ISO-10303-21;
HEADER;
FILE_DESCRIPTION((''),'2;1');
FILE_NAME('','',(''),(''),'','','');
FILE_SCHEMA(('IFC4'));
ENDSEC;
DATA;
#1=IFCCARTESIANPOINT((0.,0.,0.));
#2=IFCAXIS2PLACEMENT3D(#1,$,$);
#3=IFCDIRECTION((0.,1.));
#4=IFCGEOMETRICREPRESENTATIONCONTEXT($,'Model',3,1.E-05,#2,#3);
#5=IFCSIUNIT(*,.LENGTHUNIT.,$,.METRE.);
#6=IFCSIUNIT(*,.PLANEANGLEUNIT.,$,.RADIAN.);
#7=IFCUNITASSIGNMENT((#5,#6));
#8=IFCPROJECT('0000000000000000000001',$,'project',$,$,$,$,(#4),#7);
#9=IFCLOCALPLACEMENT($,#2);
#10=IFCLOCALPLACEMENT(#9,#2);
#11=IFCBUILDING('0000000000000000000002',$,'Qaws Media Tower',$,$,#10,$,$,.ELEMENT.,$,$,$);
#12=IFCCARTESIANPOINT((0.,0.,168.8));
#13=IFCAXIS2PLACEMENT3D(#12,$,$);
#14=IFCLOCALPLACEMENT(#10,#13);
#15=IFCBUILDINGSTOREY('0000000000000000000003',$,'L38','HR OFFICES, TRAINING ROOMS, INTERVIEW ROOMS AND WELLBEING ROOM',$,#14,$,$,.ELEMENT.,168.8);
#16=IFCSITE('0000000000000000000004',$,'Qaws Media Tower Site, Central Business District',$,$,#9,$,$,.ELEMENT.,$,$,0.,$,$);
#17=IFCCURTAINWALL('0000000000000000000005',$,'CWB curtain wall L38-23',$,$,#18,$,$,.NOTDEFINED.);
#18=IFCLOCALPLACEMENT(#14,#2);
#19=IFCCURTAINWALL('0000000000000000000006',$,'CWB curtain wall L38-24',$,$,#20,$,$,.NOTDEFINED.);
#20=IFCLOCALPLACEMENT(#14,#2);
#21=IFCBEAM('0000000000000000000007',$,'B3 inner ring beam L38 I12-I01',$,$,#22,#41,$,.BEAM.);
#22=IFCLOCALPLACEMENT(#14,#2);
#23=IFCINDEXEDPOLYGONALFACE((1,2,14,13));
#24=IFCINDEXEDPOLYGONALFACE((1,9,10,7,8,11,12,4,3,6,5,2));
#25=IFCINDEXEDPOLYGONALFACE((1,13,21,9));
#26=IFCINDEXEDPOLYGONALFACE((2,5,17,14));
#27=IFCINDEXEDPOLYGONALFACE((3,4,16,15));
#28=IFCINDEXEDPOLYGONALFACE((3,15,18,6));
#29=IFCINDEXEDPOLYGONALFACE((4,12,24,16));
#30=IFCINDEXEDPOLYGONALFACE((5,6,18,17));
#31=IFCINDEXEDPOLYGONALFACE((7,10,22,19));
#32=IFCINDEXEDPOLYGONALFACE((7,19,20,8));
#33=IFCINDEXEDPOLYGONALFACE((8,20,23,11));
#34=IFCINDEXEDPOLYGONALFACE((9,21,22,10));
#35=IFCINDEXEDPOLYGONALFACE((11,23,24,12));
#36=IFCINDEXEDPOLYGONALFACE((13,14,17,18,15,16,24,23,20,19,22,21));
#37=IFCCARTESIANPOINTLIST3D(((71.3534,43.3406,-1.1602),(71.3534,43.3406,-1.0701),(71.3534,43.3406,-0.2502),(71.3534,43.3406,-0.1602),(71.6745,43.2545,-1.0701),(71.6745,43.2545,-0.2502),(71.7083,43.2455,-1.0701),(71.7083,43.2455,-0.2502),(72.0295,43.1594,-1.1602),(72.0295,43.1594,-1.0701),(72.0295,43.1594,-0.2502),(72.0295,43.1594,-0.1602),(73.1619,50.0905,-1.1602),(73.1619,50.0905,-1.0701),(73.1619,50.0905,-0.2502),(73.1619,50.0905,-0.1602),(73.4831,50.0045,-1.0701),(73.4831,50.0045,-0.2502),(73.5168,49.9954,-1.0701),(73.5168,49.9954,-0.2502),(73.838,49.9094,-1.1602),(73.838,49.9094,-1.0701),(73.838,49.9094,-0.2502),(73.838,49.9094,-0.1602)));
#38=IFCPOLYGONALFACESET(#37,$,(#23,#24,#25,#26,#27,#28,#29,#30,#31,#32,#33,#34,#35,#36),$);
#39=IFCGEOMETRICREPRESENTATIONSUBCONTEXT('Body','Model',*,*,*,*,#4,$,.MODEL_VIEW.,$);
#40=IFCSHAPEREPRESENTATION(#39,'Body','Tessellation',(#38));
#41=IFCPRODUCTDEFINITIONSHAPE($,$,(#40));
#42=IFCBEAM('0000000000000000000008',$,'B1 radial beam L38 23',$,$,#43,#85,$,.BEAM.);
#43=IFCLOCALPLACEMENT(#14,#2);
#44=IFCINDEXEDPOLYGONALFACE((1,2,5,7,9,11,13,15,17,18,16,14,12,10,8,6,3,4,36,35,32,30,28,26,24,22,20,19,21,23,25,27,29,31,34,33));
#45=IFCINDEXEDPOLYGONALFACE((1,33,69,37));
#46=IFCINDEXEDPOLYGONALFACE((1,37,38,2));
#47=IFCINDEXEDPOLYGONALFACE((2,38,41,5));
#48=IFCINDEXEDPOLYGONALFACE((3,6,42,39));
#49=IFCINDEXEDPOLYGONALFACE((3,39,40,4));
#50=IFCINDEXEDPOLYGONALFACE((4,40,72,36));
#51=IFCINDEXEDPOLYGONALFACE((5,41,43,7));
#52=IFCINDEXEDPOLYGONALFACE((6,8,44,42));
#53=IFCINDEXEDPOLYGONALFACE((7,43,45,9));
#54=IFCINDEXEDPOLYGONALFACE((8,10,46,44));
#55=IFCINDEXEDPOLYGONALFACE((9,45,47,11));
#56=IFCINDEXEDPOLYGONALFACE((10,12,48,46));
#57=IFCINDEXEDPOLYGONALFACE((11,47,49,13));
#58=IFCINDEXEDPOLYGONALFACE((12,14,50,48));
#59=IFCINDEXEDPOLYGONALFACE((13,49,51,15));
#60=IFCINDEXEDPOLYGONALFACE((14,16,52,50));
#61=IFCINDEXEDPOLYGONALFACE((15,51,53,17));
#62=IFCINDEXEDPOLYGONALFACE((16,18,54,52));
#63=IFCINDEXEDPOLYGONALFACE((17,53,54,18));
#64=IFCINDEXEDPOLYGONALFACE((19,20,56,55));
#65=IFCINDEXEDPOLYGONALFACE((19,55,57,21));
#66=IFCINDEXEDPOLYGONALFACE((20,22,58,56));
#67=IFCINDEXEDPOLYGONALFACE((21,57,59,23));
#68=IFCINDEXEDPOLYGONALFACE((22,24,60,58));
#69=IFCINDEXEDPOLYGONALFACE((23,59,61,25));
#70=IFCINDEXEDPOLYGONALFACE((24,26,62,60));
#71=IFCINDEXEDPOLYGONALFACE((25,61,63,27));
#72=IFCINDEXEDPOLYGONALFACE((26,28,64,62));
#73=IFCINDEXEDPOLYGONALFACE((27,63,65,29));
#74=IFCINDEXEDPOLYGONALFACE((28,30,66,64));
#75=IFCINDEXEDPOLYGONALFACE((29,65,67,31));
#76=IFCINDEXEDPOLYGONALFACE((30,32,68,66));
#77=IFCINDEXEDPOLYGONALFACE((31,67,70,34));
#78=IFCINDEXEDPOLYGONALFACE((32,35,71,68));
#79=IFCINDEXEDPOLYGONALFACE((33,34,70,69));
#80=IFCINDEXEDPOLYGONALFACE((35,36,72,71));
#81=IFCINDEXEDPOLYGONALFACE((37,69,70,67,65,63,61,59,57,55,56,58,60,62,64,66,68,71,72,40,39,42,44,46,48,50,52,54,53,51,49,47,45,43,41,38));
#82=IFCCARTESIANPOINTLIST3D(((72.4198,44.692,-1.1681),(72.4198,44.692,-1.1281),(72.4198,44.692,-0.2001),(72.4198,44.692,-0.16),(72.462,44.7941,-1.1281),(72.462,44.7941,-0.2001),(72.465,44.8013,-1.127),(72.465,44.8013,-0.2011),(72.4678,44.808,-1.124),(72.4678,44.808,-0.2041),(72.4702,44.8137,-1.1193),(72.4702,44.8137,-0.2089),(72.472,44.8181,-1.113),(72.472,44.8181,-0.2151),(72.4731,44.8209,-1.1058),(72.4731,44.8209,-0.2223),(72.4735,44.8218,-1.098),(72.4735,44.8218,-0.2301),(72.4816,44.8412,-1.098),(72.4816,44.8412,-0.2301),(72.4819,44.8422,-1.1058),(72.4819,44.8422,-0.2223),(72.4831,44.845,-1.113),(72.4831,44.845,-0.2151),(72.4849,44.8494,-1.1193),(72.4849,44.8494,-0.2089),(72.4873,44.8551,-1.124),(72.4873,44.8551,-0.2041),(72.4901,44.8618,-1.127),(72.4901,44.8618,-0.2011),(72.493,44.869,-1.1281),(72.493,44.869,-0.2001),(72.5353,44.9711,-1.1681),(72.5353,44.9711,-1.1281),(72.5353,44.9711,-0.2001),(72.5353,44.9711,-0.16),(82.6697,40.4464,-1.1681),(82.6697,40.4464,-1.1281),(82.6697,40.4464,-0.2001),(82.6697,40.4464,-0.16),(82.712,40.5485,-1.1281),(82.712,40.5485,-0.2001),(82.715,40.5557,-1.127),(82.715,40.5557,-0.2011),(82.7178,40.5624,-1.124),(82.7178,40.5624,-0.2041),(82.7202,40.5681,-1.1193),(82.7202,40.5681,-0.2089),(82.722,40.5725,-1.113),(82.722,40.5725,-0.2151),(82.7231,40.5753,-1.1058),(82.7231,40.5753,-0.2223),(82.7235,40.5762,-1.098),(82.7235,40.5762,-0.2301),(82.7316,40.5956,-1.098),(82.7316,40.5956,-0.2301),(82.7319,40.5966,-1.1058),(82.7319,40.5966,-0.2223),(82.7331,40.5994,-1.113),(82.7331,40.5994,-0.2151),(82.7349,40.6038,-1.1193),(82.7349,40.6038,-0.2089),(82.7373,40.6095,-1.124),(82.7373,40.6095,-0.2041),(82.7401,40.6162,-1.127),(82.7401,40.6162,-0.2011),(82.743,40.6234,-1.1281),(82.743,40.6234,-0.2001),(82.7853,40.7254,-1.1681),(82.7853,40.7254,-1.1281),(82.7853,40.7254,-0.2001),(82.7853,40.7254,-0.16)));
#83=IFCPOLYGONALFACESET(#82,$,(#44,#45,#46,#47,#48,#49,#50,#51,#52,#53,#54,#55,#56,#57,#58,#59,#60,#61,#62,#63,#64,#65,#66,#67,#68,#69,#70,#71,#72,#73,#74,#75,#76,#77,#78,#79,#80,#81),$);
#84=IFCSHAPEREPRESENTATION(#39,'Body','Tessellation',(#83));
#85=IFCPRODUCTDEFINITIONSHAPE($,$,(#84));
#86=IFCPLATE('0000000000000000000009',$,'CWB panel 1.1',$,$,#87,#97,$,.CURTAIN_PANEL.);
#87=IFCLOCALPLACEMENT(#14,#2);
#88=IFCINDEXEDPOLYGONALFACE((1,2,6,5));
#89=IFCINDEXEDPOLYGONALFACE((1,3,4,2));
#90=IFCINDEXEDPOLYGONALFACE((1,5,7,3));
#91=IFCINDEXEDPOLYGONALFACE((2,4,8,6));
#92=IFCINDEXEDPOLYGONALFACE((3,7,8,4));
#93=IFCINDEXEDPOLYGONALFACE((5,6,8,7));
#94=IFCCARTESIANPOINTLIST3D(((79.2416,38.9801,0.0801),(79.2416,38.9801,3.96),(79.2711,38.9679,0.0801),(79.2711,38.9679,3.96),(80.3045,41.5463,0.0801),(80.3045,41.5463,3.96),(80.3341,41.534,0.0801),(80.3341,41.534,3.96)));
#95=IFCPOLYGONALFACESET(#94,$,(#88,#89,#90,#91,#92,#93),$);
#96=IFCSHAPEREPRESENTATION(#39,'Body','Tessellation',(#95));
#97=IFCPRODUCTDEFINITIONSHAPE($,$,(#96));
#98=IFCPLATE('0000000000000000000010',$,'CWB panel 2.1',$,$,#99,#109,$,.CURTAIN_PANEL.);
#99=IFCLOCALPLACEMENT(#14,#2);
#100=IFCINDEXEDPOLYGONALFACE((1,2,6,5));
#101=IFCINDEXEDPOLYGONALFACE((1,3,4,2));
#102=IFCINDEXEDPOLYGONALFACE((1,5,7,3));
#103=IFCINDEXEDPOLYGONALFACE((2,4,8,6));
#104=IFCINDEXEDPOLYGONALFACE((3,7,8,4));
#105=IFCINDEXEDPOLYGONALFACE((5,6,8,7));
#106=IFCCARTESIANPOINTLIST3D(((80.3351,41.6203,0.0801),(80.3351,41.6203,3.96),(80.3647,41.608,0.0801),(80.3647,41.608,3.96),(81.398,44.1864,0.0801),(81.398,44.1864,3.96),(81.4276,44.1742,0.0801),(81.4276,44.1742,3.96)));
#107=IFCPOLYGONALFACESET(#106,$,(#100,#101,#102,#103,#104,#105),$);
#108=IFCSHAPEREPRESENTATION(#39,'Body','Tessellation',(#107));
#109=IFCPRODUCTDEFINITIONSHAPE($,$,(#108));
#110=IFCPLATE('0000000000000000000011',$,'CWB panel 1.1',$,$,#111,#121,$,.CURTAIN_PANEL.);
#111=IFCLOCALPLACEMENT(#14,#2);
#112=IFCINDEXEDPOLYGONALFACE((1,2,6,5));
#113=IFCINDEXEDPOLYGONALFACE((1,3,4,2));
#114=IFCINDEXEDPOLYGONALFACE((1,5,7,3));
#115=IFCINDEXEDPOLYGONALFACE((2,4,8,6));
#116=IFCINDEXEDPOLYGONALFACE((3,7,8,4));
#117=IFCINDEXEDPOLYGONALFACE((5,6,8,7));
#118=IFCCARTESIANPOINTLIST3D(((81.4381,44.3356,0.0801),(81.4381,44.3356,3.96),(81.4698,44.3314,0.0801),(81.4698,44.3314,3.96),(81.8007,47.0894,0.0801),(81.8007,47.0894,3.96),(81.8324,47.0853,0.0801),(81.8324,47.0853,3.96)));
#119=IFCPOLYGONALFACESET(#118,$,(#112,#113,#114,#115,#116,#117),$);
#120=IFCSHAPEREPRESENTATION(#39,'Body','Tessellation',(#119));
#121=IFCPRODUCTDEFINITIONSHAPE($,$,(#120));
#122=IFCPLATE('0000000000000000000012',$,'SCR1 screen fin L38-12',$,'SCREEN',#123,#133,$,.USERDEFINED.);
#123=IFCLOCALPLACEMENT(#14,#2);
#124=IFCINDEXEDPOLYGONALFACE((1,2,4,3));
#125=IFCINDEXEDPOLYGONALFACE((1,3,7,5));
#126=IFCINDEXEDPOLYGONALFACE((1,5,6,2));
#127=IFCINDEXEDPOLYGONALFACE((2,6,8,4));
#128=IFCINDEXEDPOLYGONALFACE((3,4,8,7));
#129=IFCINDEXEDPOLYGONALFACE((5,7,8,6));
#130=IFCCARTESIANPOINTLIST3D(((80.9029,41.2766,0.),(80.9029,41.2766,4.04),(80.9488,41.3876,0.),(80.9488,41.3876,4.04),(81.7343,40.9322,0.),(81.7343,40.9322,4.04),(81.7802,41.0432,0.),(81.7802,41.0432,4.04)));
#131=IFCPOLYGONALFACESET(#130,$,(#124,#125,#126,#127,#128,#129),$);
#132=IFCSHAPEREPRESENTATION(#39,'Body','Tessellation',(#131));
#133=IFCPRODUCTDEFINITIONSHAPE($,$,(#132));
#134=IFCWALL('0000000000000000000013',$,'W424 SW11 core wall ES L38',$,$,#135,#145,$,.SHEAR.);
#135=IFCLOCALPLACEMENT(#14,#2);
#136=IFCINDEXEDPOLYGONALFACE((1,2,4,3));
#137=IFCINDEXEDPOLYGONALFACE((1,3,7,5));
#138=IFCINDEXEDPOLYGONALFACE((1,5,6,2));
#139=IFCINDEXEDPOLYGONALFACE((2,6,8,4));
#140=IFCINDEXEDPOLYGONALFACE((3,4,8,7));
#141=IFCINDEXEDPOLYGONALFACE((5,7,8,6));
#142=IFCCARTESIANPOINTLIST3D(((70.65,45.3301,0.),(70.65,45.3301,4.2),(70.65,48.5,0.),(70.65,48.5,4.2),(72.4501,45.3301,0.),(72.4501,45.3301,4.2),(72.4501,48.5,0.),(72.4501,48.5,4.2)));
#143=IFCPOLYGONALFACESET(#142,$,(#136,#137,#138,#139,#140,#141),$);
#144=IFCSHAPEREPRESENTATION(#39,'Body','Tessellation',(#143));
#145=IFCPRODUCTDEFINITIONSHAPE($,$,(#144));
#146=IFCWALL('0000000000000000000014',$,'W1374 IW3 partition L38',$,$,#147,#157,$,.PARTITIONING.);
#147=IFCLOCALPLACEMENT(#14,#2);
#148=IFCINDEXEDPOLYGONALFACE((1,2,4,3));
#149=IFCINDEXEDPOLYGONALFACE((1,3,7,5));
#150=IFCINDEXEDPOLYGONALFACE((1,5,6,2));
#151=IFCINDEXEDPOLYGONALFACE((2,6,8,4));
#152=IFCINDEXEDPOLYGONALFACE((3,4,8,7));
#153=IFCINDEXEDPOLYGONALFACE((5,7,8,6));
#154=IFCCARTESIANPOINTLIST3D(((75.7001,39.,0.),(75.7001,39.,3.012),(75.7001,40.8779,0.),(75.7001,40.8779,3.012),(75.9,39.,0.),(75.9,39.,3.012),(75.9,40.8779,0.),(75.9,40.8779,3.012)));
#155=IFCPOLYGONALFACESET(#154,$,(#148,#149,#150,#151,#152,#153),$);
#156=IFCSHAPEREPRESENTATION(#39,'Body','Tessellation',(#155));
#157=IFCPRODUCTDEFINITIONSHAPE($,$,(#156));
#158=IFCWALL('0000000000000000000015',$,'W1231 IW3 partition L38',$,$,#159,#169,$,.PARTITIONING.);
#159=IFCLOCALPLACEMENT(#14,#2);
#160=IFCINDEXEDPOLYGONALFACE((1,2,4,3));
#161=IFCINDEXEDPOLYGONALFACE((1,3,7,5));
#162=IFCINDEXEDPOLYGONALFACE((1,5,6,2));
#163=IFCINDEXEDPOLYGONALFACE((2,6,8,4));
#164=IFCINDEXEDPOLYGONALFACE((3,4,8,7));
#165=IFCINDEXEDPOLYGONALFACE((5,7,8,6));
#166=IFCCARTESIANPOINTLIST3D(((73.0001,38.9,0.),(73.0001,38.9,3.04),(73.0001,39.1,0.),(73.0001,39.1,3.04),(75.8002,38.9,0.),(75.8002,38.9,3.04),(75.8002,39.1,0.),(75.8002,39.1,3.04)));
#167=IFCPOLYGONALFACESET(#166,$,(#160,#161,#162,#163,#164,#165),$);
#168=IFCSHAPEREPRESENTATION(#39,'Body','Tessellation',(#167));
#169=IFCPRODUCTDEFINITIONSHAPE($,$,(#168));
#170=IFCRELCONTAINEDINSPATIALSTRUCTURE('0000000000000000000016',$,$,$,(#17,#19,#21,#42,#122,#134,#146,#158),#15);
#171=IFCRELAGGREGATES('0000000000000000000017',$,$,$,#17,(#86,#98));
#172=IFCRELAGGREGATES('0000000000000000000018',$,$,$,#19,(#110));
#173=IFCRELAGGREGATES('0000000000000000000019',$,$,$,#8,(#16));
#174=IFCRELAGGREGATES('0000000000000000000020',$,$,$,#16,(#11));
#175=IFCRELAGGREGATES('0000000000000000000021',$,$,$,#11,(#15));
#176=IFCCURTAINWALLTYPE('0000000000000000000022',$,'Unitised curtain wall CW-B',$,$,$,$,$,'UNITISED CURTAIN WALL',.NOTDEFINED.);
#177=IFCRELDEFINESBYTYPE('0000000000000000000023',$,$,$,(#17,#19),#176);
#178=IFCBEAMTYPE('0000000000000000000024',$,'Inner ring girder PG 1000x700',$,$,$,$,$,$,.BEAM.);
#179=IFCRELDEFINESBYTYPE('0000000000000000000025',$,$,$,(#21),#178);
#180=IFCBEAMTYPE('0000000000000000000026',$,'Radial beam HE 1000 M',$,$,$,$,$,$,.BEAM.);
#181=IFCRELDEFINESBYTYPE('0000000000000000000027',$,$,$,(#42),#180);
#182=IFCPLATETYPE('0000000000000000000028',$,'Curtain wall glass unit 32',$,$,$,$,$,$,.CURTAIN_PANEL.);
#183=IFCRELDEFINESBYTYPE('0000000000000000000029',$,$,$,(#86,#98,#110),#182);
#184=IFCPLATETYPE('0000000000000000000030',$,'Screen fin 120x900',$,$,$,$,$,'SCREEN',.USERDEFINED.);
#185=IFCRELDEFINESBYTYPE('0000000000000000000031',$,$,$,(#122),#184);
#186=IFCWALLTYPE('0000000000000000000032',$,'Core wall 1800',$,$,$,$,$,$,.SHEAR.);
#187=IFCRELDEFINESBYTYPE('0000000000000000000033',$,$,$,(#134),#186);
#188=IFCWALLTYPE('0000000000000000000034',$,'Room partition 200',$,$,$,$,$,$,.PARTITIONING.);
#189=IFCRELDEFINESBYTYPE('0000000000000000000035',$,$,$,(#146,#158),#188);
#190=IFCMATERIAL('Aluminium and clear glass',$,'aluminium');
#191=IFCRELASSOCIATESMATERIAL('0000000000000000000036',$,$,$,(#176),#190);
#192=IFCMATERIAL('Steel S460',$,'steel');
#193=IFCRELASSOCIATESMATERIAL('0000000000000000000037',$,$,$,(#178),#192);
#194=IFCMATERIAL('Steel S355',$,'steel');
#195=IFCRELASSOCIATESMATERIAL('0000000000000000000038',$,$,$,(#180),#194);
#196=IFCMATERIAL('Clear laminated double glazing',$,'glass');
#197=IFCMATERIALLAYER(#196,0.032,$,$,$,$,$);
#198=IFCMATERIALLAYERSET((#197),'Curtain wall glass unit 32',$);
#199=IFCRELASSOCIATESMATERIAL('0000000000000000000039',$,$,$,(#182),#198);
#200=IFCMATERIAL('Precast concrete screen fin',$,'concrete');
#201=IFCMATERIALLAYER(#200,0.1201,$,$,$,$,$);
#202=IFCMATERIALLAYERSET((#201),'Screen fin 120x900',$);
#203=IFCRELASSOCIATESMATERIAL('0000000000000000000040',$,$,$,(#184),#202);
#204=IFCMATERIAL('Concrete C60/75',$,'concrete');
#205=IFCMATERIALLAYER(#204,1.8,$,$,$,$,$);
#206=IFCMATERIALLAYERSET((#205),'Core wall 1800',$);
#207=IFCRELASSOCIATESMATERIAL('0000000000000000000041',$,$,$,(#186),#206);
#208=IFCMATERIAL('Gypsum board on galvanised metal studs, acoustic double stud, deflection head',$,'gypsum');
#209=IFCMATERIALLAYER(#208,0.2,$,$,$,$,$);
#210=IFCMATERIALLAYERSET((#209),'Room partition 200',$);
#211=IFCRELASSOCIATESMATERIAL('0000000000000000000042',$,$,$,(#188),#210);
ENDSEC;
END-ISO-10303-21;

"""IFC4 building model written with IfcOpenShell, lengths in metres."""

from ifc_helpers import new_model, si_unit, direction, frame, frame_2d, origin, origin_2d, place, context, subcontext, project, spatial, rectangle, i_section, extrude, material, layer, layer_set, material_profile, profile_set, type_object, element, aggregate, save


model = new_model("IFC4")

# Units and contexts
model_context = context("Model", 3, precision=1e-05, world=origin(), true_north=direction((0.0, 1.0)))
body_context = subcontext(model_context, "Body", "Model", "MODEL_VIEW")
ifc_project = project(units=[si_unit("LENGTHUNIT", "METRE"), si_unit("PLANEANGLEUNIT", "RADIAN")], contexts=[model_context])

# Site, building, storey
site_placement = place(None, origin())
site = spatial("IfcSite", under=ifc_project, at=site_placement, Name="Qaws Media Tower Site, Central Business District", CompositionType="ELEMENT", RefElevation=0.0)
building_placement = place(site_placement, origin())
building = spatial("IfcBuilding", under=site, at=building_placement, Name="Qaws Media Tower", CompositionType="ELEMENT")
storey_placement = place(building_placement, frame((0.0, 0.0, 168.8)))
storey = spatial("IfcBuildingStorey", under=building, at=storey_placement, Name="L38", Description="HR OFFICES, TRAINING ROOMS, INTERVIEW ROOMS AND WELLBEING ROOM", CompositionType="ELEMENT", Elevation=168.8)

# Curtain walls
ifc_material_1 = material(Name="Aluminium and clear glass", Category="aluminium")
curtain_wall_type = type_object("IfcCurtainWallType", Name="Unitised curtain wall CW-B", ElementType="UNITISED CURTAIN WALL", PredefinedType="NOTDEFINED", material=ifc_material_1)
curtain_wall_1_placement = place(storey_placement, origin())
curtain_wall_1 = element("IfcCurtainWall", 1, at=curtain_wall_1_placement, inside=storey, type_object=curtain_wall_type, Name="CWB curtain wall L38-23", PredefinedType="NOTDEFINED")
curtain_wall_2_placement = place(storey_placement, origin())
curtain_wall_2 = element("IfcCurtainWall", 2, at=curtain_wall_2_placement, inside=storey, type_object=curtain_wall_type, Name="CWB curtain wall L38-24", PredefinedType="NOTDEFINED")

# Beams
ifc_material_2 = material(Name="Steel S460", Category="steel")
ifc_material_profile_1 = material_profile(ifc_material_2, i_section(OverallWidth=0.7, OverallDepth=1.0, WebThickness=0.0349, FlangeThickness=0.0901, at=origin_2d()), Name="PG 1000x700")
ifc_profile_set_1 = profile_set([ifc_material_profile_1], Name="Steel S460")
beam_type_1 = type_object("IfcBeamType", Name="Inner ring girder PG 1000x700", PredefinedType="BEAM", material=ifc_profile_set_1)
beam_1_placement = place(storey_placement, frame((71.6914, 43.25, -0.6602), z_axis=(0.258811, 0.965928, 0.0), x_axis=(-0.965928, 0.258811, 0.0)))
element("IfcBeam", 3, at=beam_1_placement, inside=storey, type_object=beam_type_1, Name="B3 inner ring beam L38 I12-I01", PredefinedType="BEAM", context=body_context, shape_type="SweptSolid", body=[
    extrude(i_section(OverallWidth=0.7, OverallDepth=1.0, WebThickness=0.0349, FlangeThickness=0.0901, at=origin_2d()), origin(), (0.0, 0.0, 1.0), 6.988),
])
ifc_material_3 = material(Name="Steel S355", Category="steel")
ifc_material_profile_2 = material_profile(ifc_material_3, i_section(OverallWidth=0.302, OverallDepth=1.0081, WebThickness=0.021, FlangeThickness=0.04, FilletRadius=0.03, at=origin_2d()), Name="HE 1000 M")
ifc_profile_set_2 = profile_set([ifc_material_profile_2], Name="Steel S355")
beam_type_2 = type_object("IfcBeamType", Name="Radial beam HE 1000 M", PredefinedType="BEAM", material=ifc_profile_set_2)
beam_2_placement = place(storey_placement, frame((72.4775, 44.8315, -0.6641), z_axis=(0.923882, -0.382677, 0.0), x_axis=(0.382677, 0.923882, 0.0)))
element("IfcBeam", 4, at=beam_2_placement, inside=storey, type_object=beam_type_2, Name="B1 radial beam L38 23", PredefinedType="BEAM", context=body_context, shape_type="SweptSolid", body=[
    extrude(i_section(OverallWidth=0.302, OverallDepth=1.0081, WebThickness=0.021, FlangeThickness=0.04, FilletRadius=0.03, at=origin_2d()), origin(), (0.0, 0.0, 1.0), 11.0945),
])

# Plates
ifc_material_4 = material(Name="Clear laminated double glazing", Category="glass")
ifc_layer_1 = layer(ifc_material_4, 0.032)
ifc_layer_set_1 = layer_set([ifc_layer_1], Name="Curtain wall glass unit 32")
plate_type_1 = type_object("IfcPlateType", Name="Curtain wall glass unit 32", PredefinedType="CURTAIN_PANEL", material=ifc_layer_set_1)
plate_1_placement = place(storey_placement, frame((79.7878, 40.2571, 0.0801), z_axis=(0.0, 0.0, 1.0), x_axis=(0.382683, 0.92388, 0.0)))
plate_1 = element("IfcPlate", 5, at=plate_1_placement, type_object=plate_type_1, Name="CWB panel 1.1", PredefinedType="CURTAIN_PANEL", context=body_context, shape_type="SweptSolid", body=[
    extrude(rectangle(XDim=2.7776, YDim=0.032, at=origin_2d()), origin(), (0.0, 0.0, 1.0), 3.8799),
])
plate_2_placement = place(storey_placement, frame((80.8813, 42.8972, 0.0801), z_axis=(0.0, 0.0, 1.0), x_axis=(0.382683, 0.92388, 0.0)))
plate_2 = element("IfcPlate", 6, at=plate_2_placement, type_object=plate_type_1, Name="CWB panel 2.1", PredefinedType="CURTAIN_PANEL", context=body_context, shape_type="SweptSolid", body=[
    extrude(rectangle(XDim=2.7776, YDim=0.032, at=origin_2d()), origin(), (0.0, 0.0, 1.0), 3.8799),
])
aggregate(curtain_wall_1, [plate_1, plate_2])
plate_3_placement = place(storey_placement, frame((81.6353, 45.7104, 0.0801), z_axis=(0.0, 0.0, 1.0), x_axis=(0.130526, 0.991445, 0.0)))
plate_3 = element("IfcPlate", 7, at=plate_3_placement, type_object=plate_type_1, Name="CWB panel 1.1", PredefinedType="CURTAIN_PANEL", context=body_context, shape_type="SweptSolid", body=[
    extrude(rectangle(XDim=2.7776, YDim=0.032, at=origin_2d()), origin(), (0.0, 0.0, 1.0), 3.8799),
])
aggregate(curtain_wall_2, [plate_3])
ifc_material_5 = material(Name="Precast concrete screen fin", Category="concrete")
ifc_layer_2 = layer(ifc_material_5, 0.1201)
ifc_layer_set_2 = layer_set([ifc_layer_2], Name="Screen fin 120x900")
plate_type_2 = type_object("IfcPlateType", Name="Screen fin 120x900", ElementType="SCREEN", PredefinedType="USERDEFINED", material=ifc_layer_set_2)
plate_4_placement = place(storey_placement, frame((81.3416, 41.1599, 0.0), z_axis=(0.0, 0.0, 1.0), x_axis=(0.92388, -0.382683, 0.0)))
element("IfcPlate", 8, at=plate_4_placement, inside=storey, type_object=plate_type_2, Name="SCR1 screen fin L38-12", ObjectType="SCREEN", PredefinedType="USERDEFINED", context=body_context, shape_type="SweptSolid", body=[
    extrude(rectangle(XDim=0.8999, YDim=0.1201, at=origin_2d()), origin(), (0.0, 0.0, 1.0), 4.04),
])

# Walls
ifc_material_6 = material(Name="Concrete C60/75", Category="concrete")
ifc_layer_3 = layer(ifc_material_6, 1.8)
ifc_layer_set_3 = layer_set([ifc_layer_3], Name="Core wall 1800")
wall_type_1 = type_object("IfcWallType", Name="Core wall 1800", PredefinedType="SHEAR", material=ifc_layer_set_3)
wall_1_placement = place(storey_placement, frame((71.55, 45.3301, 0.0), z_axis=(0.0, 0.0, 1.0), x_axis=(0.0, 1.0, 0.0)))
element("IfcWall", 9, at=wall_1_placement, inside=storey, type_object=wall_type_1, Name="W424 SW11 core wall ES L38", PredefinedType="SHEAR", context=body_context, shape_type="SweptSolid", body=[
    extrude(rectangle(XDim=3.1699, YDim=1.8, at=frame_2d((1.585, 0.0))), origin(), (0.0, 0.0, 1.0), 4.2),
])
ifc_material_7 = material(Name="Gypsum board on galvanised metal studs, acoustic double stud, deflection head", Category="gypsum")
ifc_layer_4 = layer(ifc_material_7, 0.2)
ifc_layer_set_4 = layer_set([ifc_layer_4], Name="Room partition 200")
wall_type_2 = type_object("IfcWallType", Name="Room partition 200", PredefinedType="PARTITIONING", material=ifc_layer_set_4)
wall_2_placement = place(storey_placement, frame((75.8, 40.8779, 0.0), z_axis=(0.0, 0.0, 1.0), x_axis=(0.0, -1.0, 0.0)))
element("IfcWall", 10, at=wall_2_placement, inside=storey, type_object=wall_type_2, Name="W1374 IW3 partition L38", PredefinedType="PARTITIONING", context=body_context, shape_type="SweptSolid", body=[
    extrude(rectangle(XDim=1.8779, YDim=0.2, at=frame_2d((0.939, 0.0))), origin(), (0.0, 0.0, 1.0), 3.012),
])
wall_3_placement = place(storey_placement, frame((75.8, 39.0, 0.0), z_axis=(0.0, 0.0, 1.0), x_axis=(-1.0, 0.0, 0.0)))
element("IfcWall", 11, at=wall_3_placement, inside=storey, type_object=wall_type_2, Name="W1231 IW3 partition L38", PredefinedType="PARTITIONING", context=body_context, shape_type="SweptSolid", body=[
    extrude(rectangle(XDim=2.8, YDim=0.2, at=frame_2d((1.3999, 0.0))), origin(), (0.0, 0.0, 1.0), 3.04),
])

save(model, "model.ifc")
